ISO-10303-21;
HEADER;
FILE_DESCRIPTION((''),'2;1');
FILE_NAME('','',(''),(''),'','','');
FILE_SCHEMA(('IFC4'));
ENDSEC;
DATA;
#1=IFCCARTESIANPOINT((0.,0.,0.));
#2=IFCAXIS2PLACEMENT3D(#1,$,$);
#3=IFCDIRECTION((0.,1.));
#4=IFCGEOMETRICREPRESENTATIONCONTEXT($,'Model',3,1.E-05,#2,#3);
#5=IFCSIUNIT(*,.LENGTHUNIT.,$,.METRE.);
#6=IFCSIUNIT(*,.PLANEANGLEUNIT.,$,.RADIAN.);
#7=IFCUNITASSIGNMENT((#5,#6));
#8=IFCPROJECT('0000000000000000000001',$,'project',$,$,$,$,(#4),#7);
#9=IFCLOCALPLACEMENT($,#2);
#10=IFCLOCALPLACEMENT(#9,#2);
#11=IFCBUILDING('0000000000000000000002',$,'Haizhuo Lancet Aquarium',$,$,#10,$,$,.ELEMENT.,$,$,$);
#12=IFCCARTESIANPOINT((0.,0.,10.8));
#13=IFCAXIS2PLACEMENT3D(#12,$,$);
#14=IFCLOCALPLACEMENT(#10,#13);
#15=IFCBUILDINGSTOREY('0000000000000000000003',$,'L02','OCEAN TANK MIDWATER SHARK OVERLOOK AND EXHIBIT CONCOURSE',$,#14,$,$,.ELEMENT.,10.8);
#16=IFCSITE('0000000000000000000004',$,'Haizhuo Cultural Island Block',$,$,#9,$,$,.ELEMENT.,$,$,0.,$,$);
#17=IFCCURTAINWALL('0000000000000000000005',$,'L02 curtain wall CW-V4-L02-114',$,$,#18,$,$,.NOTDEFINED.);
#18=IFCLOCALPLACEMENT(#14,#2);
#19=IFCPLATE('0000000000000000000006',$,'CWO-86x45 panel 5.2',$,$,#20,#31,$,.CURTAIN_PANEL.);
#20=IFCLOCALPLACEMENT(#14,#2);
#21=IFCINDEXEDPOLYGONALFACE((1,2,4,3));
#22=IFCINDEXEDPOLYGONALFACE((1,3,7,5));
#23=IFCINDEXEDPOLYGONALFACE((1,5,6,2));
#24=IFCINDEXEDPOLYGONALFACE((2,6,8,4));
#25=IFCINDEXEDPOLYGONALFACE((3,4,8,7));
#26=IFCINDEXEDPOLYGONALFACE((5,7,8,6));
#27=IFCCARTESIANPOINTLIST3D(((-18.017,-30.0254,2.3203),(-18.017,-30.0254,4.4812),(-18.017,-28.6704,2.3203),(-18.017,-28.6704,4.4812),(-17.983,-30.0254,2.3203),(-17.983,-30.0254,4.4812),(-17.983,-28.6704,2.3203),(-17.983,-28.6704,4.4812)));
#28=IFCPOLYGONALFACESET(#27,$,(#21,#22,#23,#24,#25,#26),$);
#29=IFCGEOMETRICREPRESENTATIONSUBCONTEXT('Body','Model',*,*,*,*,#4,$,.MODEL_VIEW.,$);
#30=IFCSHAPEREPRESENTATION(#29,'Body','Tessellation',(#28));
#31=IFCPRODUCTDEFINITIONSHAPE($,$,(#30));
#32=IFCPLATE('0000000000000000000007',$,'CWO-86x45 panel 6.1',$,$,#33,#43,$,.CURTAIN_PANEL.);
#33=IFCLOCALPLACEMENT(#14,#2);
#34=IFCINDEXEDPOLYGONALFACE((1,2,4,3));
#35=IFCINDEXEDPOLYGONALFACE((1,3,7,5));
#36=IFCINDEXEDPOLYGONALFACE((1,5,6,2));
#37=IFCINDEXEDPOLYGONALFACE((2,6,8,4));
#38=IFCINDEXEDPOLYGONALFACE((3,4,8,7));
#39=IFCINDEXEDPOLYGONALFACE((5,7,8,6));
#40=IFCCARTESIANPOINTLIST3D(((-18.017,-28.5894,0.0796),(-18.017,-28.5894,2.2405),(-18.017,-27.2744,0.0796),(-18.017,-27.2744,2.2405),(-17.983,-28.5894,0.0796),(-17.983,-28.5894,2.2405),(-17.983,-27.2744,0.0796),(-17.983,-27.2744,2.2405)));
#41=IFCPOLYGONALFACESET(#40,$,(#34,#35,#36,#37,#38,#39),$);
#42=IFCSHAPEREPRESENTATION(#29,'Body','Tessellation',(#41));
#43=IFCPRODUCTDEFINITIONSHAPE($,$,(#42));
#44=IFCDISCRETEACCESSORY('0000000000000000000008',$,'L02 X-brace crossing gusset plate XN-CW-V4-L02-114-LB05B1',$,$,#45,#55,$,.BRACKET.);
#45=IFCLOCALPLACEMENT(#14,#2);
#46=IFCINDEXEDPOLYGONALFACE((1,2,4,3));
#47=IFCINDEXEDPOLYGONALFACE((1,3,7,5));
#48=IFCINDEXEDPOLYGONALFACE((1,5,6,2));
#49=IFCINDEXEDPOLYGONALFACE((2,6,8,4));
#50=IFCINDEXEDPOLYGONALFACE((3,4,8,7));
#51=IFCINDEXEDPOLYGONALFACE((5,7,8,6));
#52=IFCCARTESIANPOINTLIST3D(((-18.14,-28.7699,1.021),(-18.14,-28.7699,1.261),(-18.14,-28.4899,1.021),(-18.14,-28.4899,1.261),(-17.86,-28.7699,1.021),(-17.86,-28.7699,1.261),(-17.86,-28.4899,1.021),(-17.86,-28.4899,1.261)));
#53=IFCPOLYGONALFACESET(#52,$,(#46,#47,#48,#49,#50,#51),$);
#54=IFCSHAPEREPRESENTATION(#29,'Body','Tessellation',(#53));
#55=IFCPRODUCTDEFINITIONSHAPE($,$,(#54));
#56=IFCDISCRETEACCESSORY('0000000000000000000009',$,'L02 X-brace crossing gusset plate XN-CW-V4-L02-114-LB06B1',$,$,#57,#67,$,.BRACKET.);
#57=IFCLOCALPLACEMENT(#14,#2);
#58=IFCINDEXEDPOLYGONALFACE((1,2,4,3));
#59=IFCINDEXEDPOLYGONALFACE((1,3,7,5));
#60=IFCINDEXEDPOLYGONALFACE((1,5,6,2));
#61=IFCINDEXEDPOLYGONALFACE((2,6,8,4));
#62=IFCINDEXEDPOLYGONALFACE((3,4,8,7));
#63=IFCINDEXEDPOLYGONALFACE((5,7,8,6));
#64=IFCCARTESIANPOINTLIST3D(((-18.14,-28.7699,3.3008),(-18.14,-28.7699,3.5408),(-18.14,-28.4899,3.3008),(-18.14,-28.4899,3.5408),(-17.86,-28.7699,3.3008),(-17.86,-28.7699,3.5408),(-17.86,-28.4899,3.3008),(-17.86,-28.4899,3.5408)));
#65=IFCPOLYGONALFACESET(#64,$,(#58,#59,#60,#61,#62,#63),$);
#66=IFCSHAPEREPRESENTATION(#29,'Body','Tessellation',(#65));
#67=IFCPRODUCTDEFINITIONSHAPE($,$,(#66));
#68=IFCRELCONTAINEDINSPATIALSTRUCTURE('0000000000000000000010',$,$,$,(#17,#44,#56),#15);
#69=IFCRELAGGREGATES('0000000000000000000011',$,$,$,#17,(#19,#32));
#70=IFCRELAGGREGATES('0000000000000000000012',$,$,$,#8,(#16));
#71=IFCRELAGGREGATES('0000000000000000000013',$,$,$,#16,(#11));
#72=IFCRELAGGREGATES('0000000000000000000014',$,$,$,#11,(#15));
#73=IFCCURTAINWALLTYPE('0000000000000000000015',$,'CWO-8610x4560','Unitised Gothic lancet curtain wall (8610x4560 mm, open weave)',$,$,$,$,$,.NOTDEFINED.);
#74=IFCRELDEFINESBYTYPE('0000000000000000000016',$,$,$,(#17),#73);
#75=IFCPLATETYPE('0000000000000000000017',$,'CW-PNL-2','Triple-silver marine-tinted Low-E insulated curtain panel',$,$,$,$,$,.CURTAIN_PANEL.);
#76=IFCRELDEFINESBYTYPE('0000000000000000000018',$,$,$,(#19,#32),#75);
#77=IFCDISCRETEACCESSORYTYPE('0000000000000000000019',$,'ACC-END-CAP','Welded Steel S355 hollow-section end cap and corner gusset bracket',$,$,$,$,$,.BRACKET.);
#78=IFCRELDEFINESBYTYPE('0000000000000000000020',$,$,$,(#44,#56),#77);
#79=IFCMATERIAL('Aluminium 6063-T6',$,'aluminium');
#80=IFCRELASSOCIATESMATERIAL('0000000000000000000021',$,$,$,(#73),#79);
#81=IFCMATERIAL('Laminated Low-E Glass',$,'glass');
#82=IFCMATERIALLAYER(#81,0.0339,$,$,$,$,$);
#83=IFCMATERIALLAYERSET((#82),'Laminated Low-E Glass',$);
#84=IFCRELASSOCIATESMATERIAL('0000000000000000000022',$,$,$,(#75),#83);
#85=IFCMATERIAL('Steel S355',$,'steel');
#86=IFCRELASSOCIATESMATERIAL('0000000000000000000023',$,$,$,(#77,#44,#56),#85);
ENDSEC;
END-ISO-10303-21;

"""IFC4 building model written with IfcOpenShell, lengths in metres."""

from ifc_helpers import new_model, si_unit, direction, frame, origin, origin_2d, place, context, subcontext, project, spatial, rectangle, extrude, material, layer, layer_set, type_object, element, aggregate, save


model = new_model("IFC4")

# Units and contexts
model_context = context("Model", 3, precision=1e-05, world=origin(), true_north=direction((0.0, 1.0)))
body_context = subcontext(model_context, "Body", "Model", "MODEL_VIEW")
ifc_project = project(units=[si_unit("LENGTHUNIT", "METRE"), si_unit("PLANEANGLEUNIT", "RADIAN")], contexts=[model_context])

# Site, building, storey
site_placement = place(None, origin())
site = spatial("IfcSite", under=ifc_project, at=site_placement, Name="Haizhuo Cultural Island Block", CompositionType="ELEMENT", RefElevation=0.0)
building_placement = place(site_placement, origin())
building = spatial("IfcBuilding", under=site, at=building_placement, Name="Haizhuo Lancet Aquarium", CompositionType="ELEMENT")
storey_placement = place(building_placement, frame((0.0, 0.0, 10.8)))
storey = spatial("IfcBuildingStorey", under=building, at=storey_placement, Name="L02", Description="OCEAN TANK MIDWATER SHARK OVERLOOK AND EXHIBIT CONCOURSE", CompositionType="ELEMENT", Elevation=10.8)

# Curtain wall
ifc_material_1 = material(Name="Aluminium 6063-T6", Category="aluminium")
curtain_wall_type = type_object("IfcCurtainWallType", Name="CWO-8610x4560", Description="Unitised Gothic lancet curtain wall (8610x4560 mm, open weave)", PredefinedType="NOTDEFINED", material=ifc_material_1)
curtain_wall_placement = place(storey_placement, origin())
curtain_wall = element("IfcCurtainWall", 1, at=curtain_wall_placement, inside=storey, type_object=curtain_wall_type, Name="L02 curtain wall CW-V4-L02-114", PredefinedType="NOTDEFINED")

# Shared definitions
ifc_material_2 = material(Name="Steel S355", Category="steel")

# Plates
ifc_material_3 = material(Name="Laminated Low-E Glass", Category="glass")
ifc_layer = layer(ifc_material_3, 0.0339)
ifc_layer_set = layer_set([ifc_layer], Name="Laminated Low-E Glass")
plate_type = type_object("IfcPlateType", Name="CW-PNL-2", Description="Triple-silver marine-tinted Low-E insulated curtain panel", PredefinedType="CURTAIN_PANEL", material=ifc_layer_set)
plate_1_placement = place(storey_placement, frame((-18.0, -29.3479, 2.3203), z_axis=(0.0, 0.0, 1.0), x_axis=(0.0, 1.0, 0.0)))
plate_1 = element("IfcPlate", 2, at=plate_1_placement, type_object=plate_type, Name="CWO-86x45 panel 5.2", PredefinedType="CURTAIN_PANEL", context=body_context, shape_type="SweptSolid", body=[
    extrude(rectangle(XDim=1.355, YDim=0.0339, at=origin_2d()), origin(), (0.0, 0.0, 1.0), 2.1609),
])
plate_2_placement = place(storey_placement, frame((-18.0, -27.9319, 0.0796), z_axis=(0.0, 0.0, 1.0), x_axis=(0.0, 1.0, 0.0)))
plate_2 = element("IfcPlate", 3, at=plate_2_placement, type_object=plate_type, Name="CWO-86x45 panel 6.1", PredefinedType="CURTAIN_PANEL", context=body_context, shape_type="SweptSolid", body=[
    extrude(rectangle(XDim=1.3149, YDim=0.0339, at=origin_2d()), origin(), (0.0, 0.0, 1.0), 2.1609),
])
aggregate(curtain_wall, [plate_1, plate_2])

# Discrete accessories
discrete_accessory_type = type_object("IfcDiscreteAccessoryType", Name="ACC-END-CAP", Description="Welded Steel S355 hollow-section end cap and corner gusset bracket", PredefinedType="BRACKET", material=ifc_material_2)
for number, where, z_axis, x_axis, name in (
    (4, (-18.0, -28.6299, 1.021), (0.0, 0.0, 1.0), (1.0, 0.0, 0.0), "L02 X-brace crossing gusset plate XN-CW-V4-L02-114-LB05B1"),
    (5, (-18.0, -28.6299, 3.3008), (0.0, 0.0, 1.0), (1.0, 0.0, 0.0), "L02 X-brace crossing gusset plate XN-CW-V4-L02-114-LB06B1"),
):
    element("IfcDiscreteAccessory", number, at=place(storey_placement, frame(where, z_axis=z_axis, x_axis=x_axis)), inside=storey, type_object=discrete_accessory_type, material=ifc_material_2, Name=name, PredefinedType="BRACKET", context=body_context, shape_type="SweptSolid", body=[
        extrude(rectangle(XDim=0.28, YDim=0.28, at=origin_2d()), origin(), (0.0, 0.0, 1.0), 0.24),
    ])

save(model, "model.ifc")
